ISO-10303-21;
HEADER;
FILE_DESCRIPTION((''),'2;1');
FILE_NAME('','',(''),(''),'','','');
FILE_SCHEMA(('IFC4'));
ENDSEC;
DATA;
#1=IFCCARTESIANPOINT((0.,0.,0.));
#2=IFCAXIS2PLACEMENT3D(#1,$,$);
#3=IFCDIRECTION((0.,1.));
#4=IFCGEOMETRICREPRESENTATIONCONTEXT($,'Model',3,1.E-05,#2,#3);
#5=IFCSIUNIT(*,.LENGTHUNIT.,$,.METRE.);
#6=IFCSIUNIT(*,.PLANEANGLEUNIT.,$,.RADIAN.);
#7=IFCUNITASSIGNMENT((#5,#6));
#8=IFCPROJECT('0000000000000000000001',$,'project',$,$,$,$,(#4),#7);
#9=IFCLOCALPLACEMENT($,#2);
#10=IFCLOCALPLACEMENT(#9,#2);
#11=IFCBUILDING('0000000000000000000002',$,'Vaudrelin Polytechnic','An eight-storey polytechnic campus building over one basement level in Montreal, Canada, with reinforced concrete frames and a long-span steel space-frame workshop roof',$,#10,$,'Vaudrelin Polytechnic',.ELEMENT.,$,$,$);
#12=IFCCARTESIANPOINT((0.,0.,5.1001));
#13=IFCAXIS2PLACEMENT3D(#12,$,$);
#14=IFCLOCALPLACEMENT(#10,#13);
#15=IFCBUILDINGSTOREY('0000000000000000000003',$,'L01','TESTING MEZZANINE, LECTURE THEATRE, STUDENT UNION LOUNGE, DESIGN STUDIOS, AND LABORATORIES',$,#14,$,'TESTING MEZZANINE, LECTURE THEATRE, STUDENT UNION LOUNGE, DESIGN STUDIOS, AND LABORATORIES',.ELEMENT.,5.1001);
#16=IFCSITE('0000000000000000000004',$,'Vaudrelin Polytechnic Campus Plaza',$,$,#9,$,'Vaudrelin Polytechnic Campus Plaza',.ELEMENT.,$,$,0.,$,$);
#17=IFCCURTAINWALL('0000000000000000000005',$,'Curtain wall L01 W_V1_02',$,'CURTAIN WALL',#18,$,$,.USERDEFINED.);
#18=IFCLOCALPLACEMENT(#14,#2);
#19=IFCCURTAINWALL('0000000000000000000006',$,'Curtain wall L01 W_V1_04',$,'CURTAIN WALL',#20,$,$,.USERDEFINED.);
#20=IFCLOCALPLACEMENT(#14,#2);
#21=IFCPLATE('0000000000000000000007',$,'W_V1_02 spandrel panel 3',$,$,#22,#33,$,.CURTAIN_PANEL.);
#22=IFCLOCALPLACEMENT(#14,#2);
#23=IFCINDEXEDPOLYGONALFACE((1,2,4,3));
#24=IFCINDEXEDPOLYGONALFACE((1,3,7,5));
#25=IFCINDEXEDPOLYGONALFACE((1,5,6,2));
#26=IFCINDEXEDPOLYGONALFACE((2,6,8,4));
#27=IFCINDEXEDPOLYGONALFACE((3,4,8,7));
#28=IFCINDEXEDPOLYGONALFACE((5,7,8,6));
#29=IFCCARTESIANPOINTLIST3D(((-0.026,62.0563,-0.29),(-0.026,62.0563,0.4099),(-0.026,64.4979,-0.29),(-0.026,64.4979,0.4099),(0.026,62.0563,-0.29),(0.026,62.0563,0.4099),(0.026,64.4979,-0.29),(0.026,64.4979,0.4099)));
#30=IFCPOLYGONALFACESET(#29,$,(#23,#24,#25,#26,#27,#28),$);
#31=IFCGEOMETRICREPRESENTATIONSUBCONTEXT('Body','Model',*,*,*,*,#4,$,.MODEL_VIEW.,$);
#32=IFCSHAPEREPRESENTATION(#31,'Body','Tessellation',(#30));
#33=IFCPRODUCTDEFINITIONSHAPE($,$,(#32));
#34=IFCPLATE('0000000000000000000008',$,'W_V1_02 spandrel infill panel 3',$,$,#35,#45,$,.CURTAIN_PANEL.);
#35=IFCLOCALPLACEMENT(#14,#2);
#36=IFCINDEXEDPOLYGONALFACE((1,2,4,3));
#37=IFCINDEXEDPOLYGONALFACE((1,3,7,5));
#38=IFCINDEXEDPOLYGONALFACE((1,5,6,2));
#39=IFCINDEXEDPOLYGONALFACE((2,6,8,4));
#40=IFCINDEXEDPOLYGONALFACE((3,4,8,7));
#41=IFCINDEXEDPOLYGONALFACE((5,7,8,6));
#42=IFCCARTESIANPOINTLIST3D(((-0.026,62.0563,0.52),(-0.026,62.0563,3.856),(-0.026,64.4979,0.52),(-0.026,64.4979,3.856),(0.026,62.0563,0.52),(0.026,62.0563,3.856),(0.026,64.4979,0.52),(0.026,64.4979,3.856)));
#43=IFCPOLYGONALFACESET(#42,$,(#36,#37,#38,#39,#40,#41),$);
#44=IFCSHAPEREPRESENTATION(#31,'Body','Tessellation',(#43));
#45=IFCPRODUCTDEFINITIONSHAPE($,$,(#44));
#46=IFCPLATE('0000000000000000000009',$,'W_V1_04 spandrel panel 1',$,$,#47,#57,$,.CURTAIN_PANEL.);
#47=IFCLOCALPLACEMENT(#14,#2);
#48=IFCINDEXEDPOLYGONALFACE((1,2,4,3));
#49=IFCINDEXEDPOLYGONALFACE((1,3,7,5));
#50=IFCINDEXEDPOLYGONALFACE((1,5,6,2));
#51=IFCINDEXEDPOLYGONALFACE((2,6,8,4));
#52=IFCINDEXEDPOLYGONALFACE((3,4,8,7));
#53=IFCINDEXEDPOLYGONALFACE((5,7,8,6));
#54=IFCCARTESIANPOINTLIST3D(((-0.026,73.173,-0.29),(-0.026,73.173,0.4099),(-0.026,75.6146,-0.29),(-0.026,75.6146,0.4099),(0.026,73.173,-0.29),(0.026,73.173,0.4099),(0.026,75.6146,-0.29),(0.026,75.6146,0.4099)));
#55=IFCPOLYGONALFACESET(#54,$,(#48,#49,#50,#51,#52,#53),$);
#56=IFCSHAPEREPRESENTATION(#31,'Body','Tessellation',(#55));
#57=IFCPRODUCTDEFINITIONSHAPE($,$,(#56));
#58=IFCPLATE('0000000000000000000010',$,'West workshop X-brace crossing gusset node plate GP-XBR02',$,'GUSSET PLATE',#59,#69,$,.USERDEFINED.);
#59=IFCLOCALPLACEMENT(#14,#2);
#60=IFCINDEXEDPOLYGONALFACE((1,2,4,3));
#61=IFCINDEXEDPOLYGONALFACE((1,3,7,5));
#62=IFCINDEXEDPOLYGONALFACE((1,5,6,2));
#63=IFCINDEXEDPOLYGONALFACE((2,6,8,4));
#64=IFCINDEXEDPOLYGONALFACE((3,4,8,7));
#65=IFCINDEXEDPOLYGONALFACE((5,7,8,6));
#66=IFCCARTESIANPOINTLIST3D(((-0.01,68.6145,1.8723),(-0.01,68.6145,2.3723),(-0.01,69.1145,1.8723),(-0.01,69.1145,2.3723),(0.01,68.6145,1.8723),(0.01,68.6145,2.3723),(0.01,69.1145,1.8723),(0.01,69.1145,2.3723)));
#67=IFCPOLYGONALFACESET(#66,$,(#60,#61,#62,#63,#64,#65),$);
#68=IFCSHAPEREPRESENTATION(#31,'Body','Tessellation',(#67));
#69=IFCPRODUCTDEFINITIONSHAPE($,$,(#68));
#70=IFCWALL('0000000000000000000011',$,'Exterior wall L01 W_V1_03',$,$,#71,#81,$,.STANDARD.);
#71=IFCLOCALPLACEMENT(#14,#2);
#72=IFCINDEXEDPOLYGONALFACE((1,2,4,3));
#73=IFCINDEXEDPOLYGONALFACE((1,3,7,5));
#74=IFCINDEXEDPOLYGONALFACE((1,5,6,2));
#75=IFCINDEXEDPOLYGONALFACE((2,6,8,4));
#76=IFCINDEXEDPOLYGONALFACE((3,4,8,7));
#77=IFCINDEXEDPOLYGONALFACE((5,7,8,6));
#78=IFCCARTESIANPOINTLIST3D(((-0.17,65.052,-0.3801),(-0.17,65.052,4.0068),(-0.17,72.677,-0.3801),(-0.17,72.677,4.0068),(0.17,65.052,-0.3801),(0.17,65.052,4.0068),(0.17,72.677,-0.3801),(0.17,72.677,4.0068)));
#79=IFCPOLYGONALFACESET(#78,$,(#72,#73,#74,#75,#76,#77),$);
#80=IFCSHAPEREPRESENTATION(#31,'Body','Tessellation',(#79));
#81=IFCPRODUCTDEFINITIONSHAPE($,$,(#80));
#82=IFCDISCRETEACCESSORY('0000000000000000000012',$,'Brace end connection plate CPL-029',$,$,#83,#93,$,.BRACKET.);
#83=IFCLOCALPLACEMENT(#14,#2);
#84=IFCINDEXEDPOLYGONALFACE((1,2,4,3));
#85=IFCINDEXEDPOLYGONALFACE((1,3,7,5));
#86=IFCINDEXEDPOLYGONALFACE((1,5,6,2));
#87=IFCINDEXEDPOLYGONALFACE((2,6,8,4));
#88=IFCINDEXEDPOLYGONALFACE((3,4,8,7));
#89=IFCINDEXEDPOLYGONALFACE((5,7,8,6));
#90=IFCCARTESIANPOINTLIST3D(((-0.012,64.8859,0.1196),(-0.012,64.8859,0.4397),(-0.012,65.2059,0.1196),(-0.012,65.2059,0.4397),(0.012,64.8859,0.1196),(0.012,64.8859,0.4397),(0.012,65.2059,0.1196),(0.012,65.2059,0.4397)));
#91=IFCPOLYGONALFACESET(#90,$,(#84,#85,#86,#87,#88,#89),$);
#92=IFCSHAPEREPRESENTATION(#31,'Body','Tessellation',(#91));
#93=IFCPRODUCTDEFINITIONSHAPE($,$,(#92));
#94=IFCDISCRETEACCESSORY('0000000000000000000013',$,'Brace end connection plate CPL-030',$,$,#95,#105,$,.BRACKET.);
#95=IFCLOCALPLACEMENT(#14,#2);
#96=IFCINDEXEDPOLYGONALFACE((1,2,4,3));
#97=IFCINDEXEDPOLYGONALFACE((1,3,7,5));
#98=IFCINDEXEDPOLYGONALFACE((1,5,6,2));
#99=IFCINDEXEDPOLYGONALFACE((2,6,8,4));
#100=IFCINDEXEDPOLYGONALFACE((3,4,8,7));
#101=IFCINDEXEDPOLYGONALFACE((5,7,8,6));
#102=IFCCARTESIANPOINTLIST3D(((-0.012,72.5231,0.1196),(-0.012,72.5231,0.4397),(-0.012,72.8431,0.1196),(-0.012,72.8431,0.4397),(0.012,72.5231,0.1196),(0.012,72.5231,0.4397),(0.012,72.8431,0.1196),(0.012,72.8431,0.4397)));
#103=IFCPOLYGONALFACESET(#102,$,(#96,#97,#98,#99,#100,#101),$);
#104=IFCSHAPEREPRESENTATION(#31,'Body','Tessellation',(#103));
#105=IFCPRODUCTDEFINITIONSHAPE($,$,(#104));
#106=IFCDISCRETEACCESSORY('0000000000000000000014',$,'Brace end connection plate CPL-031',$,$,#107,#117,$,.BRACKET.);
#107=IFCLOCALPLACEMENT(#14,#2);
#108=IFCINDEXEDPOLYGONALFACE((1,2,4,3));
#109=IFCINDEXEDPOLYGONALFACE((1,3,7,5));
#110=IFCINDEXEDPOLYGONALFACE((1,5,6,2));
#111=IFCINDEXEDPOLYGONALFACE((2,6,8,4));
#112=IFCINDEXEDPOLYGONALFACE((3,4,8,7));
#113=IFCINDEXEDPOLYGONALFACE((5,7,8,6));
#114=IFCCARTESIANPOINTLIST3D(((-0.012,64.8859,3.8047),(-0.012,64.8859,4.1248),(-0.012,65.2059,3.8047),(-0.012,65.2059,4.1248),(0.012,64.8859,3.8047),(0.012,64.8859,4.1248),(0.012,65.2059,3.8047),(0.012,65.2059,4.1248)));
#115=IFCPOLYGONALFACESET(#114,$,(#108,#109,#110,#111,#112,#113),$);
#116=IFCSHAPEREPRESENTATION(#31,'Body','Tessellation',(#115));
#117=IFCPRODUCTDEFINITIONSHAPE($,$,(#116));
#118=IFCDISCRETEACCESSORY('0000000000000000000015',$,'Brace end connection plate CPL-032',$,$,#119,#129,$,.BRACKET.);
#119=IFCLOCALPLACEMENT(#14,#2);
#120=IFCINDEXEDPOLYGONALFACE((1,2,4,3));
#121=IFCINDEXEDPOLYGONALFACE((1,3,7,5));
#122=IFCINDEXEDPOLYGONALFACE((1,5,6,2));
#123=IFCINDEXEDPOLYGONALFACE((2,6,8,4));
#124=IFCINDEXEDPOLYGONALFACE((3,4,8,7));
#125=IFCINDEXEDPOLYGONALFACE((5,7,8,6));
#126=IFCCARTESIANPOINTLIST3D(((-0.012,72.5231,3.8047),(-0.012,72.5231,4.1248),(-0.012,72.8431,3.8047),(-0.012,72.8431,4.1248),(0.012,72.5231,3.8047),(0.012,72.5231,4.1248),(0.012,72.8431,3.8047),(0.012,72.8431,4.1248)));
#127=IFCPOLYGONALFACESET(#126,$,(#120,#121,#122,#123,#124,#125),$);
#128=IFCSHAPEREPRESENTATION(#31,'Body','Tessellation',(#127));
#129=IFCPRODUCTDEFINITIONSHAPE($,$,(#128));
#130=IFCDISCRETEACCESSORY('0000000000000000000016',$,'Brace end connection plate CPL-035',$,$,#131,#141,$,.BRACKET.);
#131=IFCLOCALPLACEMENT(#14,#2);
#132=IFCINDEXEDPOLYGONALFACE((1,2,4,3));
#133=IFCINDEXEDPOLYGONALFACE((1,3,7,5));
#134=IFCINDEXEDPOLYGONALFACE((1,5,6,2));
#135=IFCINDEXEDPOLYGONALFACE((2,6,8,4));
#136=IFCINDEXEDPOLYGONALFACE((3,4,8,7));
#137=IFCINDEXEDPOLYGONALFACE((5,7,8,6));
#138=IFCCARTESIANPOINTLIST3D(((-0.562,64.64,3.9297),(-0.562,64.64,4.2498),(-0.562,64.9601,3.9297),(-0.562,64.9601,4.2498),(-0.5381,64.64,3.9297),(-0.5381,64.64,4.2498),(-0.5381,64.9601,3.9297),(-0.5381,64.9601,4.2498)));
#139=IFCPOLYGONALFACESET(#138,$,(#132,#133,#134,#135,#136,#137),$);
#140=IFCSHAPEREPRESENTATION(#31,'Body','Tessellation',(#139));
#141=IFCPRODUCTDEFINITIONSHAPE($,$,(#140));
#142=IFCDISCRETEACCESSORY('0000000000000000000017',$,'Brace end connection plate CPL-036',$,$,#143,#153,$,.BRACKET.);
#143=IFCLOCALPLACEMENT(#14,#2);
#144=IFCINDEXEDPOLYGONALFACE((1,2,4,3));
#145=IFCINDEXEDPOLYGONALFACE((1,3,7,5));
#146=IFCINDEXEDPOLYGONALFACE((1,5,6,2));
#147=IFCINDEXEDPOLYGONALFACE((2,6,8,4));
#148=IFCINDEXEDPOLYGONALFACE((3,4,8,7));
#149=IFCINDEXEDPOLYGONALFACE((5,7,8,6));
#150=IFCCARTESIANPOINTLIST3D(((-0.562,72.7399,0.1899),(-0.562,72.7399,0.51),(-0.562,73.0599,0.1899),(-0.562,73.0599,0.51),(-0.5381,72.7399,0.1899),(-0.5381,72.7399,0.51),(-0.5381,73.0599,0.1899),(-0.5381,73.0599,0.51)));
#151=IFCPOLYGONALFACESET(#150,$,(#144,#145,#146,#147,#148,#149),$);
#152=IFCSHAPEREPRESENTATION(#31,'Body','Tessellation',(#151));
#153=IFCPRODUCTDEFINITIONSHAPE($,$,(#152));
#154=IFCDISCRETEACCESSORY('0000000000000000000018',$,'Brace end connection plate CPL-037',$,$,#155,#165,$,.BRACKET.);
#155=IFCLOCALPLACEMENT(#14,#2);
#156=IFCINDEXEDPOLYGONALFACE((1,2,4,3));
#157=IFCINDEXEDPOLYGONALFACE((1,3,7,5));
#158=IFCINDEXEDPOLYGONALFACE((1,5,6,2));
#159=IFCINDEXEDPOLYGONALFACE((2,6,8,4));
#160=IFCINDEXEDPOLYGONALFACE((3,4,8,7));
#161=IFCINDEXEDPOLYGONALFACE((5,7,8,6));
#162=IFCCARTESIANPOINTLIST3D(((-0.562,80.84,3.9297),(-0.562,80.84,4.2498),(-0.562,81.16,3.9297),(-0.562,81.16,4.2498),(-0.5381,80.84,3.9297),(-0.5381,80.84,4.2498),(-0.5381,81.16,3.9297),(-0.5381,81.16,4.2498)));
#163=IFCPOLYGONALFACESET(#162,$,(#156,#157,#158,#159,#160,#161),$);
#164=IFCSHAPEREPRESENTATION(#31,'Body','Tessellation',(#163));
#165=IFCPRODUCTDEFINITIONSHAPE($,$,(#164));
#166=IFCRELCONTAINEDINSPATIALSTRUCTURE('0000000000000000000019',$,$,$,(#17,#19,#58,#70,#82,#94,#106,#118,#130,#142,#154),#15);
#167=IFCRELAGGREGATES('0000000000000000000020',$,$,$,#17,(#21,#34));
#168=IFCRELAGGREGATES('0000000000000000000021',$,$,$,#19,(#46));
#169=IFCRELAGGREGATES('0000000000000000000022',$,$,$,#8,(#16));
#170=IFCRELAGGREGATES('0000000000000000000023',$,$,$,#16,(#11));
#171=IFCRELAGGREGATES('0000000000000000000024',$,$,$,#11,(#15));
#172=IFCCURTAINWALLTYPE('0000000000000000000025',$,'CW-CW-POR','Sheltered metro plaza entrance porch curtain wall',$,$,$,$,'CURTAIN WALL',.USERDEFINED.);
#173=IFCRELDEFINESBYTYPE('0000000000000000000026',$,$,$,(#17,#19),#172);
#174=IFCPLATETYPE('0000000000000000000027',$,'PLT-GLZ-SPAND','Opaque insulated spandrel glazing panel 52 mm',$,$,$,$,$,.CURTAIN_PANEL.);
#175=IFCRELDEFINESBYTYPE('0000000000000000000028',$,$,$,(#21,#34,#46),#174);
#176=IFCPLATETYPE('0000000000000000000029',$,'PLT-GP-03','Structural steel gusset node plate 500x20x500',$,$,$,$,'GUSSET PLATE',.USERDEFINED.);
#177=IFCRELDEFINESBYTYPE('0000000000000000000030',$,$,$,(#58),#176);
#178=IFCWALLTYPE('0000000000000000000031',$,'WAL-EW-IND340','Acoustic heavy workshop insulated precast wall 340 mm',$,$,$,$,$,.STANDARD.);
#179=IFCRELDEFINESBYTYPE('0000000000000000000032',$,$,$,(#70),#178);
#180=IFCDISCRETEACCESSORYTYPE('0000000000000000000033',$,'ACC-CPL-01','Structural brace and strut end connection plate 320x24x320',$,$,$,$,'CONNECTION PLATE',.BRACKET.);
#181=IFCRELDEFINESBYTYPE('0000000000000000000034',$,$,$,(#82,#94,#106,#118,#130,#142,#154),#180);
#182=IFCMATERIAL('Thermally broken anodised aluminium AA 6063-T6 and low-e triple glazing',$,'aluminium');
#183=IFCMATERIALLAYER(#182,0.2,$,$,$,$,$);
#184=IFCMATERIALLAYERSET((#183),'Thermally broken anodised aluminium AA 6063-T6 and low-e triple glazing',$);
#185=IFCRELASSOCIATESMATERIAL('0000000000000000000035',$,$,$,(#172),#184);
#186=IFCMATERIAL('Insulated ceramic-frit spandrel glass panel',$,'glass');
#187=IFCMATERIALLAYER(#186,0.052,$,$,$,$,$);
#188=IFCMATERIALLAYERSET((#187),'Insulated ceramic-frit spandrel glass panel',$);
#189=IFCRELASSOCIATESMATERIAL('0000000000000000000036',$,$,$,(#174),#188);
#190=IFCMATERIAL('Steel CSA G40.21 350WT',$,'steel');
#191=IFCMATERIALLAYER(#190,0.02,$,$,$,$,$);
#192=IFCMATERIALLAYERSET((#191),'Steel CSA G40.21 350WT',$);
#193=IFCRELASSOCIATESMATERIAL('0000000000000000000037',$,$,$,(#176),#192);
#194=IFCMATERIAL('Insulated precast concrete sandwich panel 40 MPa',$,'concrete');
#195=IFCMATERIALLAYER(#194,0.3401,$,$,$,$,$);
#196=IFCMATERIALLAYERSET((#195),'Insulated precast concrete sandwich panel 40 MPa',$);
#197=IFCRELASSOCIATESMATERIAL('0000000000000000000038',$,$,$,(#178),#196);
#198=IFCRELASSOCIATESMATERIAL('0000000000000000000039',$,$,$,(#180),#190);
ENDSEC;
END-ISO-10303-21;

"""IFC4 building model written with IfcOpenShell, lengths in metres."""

from ifc_helpers import new_model, si_unit, direction, frame, frame_2d, origin, origin_2d, place, context, subcontext, project, spatial, rectangle, extrude, material, layer, layer_set, type_object, element, aggregate, save


model = new_model("IFC4")

# Units and contexts
model_context = context("Model", 3, precision=1e-05, world=origin(), true_north=direction((0.0, 1.0)))
body_context = subcontext(model_context, "Body", "Model", "MODEL_VIEW")
ifc_project = project(units=[si_unit("LENGTHUNIT", "METRE"), si_unit("PLANEANGLEUNIT", "RADIAN")], contexts=[model_context])

# Site, building, storey
site_placement = place(None, origin())
site = spatial("IfcSite", under=ifc_project, at=site_placement, Name="Vaudrelin Polytechnic Campus Plaza", LongName="Vaudrelin Polytechnic Campus Plaza", CompositionType="ELEMENT", RefElevation=0.0)
building_placement = place(site_placement, origin())
building = spatial("IfcBuilding", under=site, at=building_placement, Name="Vaudrelin Polytechnic", Description="An eight-storey polytechnic campus building over one basement level in Montreal, Canada, with reinforced concrete frames and a long-span steel space-frame workshop roof", LongName="Vaudrelin Polytechnic", CompositionType="ELEMENT")
storey_placement = place(building_placement, frame((0.0, 0.0, 5.1001)))
storey = spatial("IfcBuildingStorey", under=building, at=storey_placement, Name="L01", Description="TESTING MEZZANINE, LECTURE THEATRE, STUDENT UNION LOUNGE, DESIGN STUDIOS, AND LABORATORIES", LongName="TESTING MEZZANINE, LECTURE THEATRE, STUDENT UNION LOUNGE, DESIGN STUDIOS, AND LABORATORIES", CompositionType="ELEMENT", Elevation=5.1001)

# Shared definitions
ifc_material_1 = material(Name="Steel CSA G40.21 350WT", Category="steel")

# Curtain walls
ifc_material_2 = material(Name="Thermally broken anodised aluminium AA 6063-T6 and low-e triple glazing", Category="aluminium")
ifc_layer_1 = layer(ifc_material_2, 0.2)
ifc_layer_set_1 = layer_set([ifc_layer_1], Name="Thermally broken anodised aluminium AA 6063-T6 and low-e triple glazing")
curtain_wall_type = type_object("IfcCurtainWallType", Name="CW-CW-POR", Description="Sheltered metro plaza entrance porch curtain wall", ElementType="CURTAIN WALL", PredefinedType="USERDEFINED", material=ifc_layer_set_1)
curtain_wall_1_placement = place(storey_placement, origin())
curtain_wall_1 = element("IfcCurtainWall", 1, at=curtain_wall_1_placement, inside=storey, type_object=curtain_wall_type, Name="Curtain wall L01 W_V1_02", ObjectType="CURTAIN WALL", PredefinedType="USERDEFINED")
curtain_wall_2_placement = place(storey_placement, origin())
curtain_wall_2 = element("IfcCurtainWall", 2, at=curtain_wall_2_placement, inside=storey, type_object=curtain_wall_type, Name="Curtain wall L01 W_V1_04", ObjectType="CURTAIN WALL", PredefinedType="USERDEFINED")

# Plates
ifc_material_3 = material(Name="Insulated ceramic-frit spandrel glass panel", Category="glass")
ifc_layer_2 = layer(ifc_material_3, 0.052)
ifc_layer_set_2 = layer_set([ifc_layer_2], Name="Insulated ceramic-frit spandrel glass panel")
plate_type_1 = type_object("IfcPlateType", Name="PLT-GLZ-SPAND", Description="Opaque insulated spandrel glazing panel 52 mm", PredefinedType="CURTAIN_PANEL", material=ifc_layer_set_2)
plate_1_placement = place(storey_placement, frame((0.0, 63.2771, -0.29), z_axis=(0.0, 0.0, 1.0), x_axis=(0.0, 1.0, 0.0)))
plate_1 = element("IfcPlate", 3, at=plate_1_placement, type_object=plate_type_1, Name="W_V1_02 spandrel panel 3", PredefinedType="CURTAIN_PANEL", context=body_context, shape_type="SweptSolid", body=[
    extrude(rectangle(XDim=2.4417, YDim=0.052, at=origin_2d()), origin(), (0.0, 0.0, 1.0), 0.7),
])
plate_2_placement = place(storey_placement, frame((0.0, 63.2771, 0.52), z_axis=(0.0, 0.0, 1.0), x_axis=(0.0, 1.0, 0.0)))
plate_2 = element("IfcPlate", 4, at=plate_2_placement, type_object=plate_type_1, Name="W_V1_02 spandrel infill panel 3", PredefinedType="CURTAIN_PANEL", context=body_context, shape_type="SweptSolid", body=[
    extrude(rectangle(XDim=2.4417, YDim=0.052, at=origin_2d()), origin(), (0.0, 0.0, 1.0), 3.3359),
])
aggregate(curtain_wall_1, [plate_1, plate_2])
plate_3_placement = place(storey_placement, frame((0.0, 74.3938, -0.29), z_axis=(0.0, 0.0, 1.0), x_axis=(0.0, 1.0, 0.0)))
plate_3 = element("IfcPlate", 5, at=plate_3_placement, type_object=plate_type_1, Name="W_V1_04 spandrel panel 1", PredefinedType="CURTAIN_PANEL", context=body_context, shape_type="SweptSolid", body=[
    extrude(rectangle(XDim=2.4417, YDim=0.052, at=origin_2d()), origin(), (0.0, 0.0, 1.0), 0.7),
])
aggregate(curtain_wall_2, [plate_3])
ifc_layer_3 = layer(ifc_material_1, 0.02)
ifc_layer_set_3 = layer_set([ifc_layer_3], Name="Steel CSA G40.21 350WT")
plate_type_2 = type_object("IfcPlateType", Name="PLT-GP-03", Description="Structural steel gusset node plate 500x20x500", ElementType="GUSSET PLATE", PredefinedType="USERDEFINED", material=ifc_layer_set_3)
plate_4_placement = place(storey_placement, frame((0.0, 68.8645, 1.8723), z_axis=(0.0, 0.0, 1.0), x_axis=(1.0, 0.0, 0.0)))
element("IfcPlate", 6, at=plate_4_placement, inside=storey, type_object=plate_type_2, Name="West workshop X-brace crossing gusset node plate GP-XBR02", ObjectType="GUSSET PLATE", PredefinedType="USERDEFINED", context=body_context, shape_type="SweptSolid", body=[
    extrude(rectangle(XDim=0.02, YDim=0.5, at=origin_2d()), origin(), (0.0, 0.0, 1.0), 0.5),
])

# Wall
ifc_material_4 = material(Name="Insulated precast concrete sandwich panel 40 MPa", Category="concrete")
ifc_layer_4 = layer(ifc_material_4, 0.3401)
ifc_layer_set_4 = layer_set([ifc_layer_4], Name="Insulated precast concrete sandwich panel 40 MPa")
wall_type = type_object("IfcWallType", Name="WAL-EW-IND340", Description="Acoustic heavy workshop insulated precast wall 340 mm", PredefinedType="STANDARD", material=ifc_layer_set_4)
wall_placement = place(storey_placement, frame((0.0, 65.052, -0.3801), z_axis=(0.0, 0.0, 1.0), x_axis=(0.0, 1.0, 0.0)))
element("IfcWall", 7, at=wall_placement, inside=storey, type_object=wall_type, Name="Exterior wall L01 W_V1_03", PredefinedType="STANDARD", context=body_context, shape_type="SweptSolid", body=[
    extrude(rectangle(XDim=7.625, YDim=0.3401, at=frame_2d((3.8125, 0.0))), origin(), (0.0, 0.0, 1.0), 4.387),
])

# Discrete accessories
discrete_accessory_type = type_object("IfcDiscreteAccessoryType", Name="ACC-CPL-01", Description="Structural brace and strut end connection plate 320x24x320", ElementType="CONNECTION PLATE", PredefinedType="BRACKET", material=ifc_material_1)
for number, where, z_axis, x_axis, name in (
    (8, (0.0, 65.0459, 0.1196), (0.0, 0.0, 1.0), (1.0, 0.0, 0.0), "Brace end connection plate CPL-029"),
    (9, (0.0, 72.6831, 0.1196), (0.0, 0.0, 1.0), (1.0, 0.0, 0.0), "Brace end connection plate CPL-030"),
    (10, (0.0, 65.0459, 3.8047), (0.0, 0.0, 1.0), (1.0, 0.0, 0.0), "Brace end connection plate CPL-031"),
    (11, (0.0, 72.6831, 3.8047), (0.0, 0.0, 1.0), (1.0, 0.0, 0.0), "Brace end connection plate CPL-032"),
    (12, (-0.55, 64.8, 3.9297), (0.0, 0.0, 1.0), (1.0, 0.0, 0.0), "Brace end connection plate CPL-035"),
    (13, (-0.55, 72.8999, 0.1899), (0.0, 0.0, 1.0), (1.0, 0.0, 0.0), "Brace end connection plate CPL-036"),
    (14, (-0.55, 81.0, 3.9297), (0.0, 0.0, 1.0), (1.0, 0.0, 0.0), "Brace end connection plate CPL-037"),
):
    element("IfcDiscreteAccessory", number, at=place(storey_placement, frame(where, z_axis=z_axis, x_axis=x_axis)), inside=storey, type_object=discrete_accessory_type, Name=name, PredefinedType="BRACKET", context=body_context, shape_type="SweptSolid", body=[
        extrude(rectangle(XDim=0.0239, YDim=0.3201, at=origin_2d()), origin(), (0.0, 0.0, 1.0), 0.3201),
    ])

save(model, "model.ifc")
